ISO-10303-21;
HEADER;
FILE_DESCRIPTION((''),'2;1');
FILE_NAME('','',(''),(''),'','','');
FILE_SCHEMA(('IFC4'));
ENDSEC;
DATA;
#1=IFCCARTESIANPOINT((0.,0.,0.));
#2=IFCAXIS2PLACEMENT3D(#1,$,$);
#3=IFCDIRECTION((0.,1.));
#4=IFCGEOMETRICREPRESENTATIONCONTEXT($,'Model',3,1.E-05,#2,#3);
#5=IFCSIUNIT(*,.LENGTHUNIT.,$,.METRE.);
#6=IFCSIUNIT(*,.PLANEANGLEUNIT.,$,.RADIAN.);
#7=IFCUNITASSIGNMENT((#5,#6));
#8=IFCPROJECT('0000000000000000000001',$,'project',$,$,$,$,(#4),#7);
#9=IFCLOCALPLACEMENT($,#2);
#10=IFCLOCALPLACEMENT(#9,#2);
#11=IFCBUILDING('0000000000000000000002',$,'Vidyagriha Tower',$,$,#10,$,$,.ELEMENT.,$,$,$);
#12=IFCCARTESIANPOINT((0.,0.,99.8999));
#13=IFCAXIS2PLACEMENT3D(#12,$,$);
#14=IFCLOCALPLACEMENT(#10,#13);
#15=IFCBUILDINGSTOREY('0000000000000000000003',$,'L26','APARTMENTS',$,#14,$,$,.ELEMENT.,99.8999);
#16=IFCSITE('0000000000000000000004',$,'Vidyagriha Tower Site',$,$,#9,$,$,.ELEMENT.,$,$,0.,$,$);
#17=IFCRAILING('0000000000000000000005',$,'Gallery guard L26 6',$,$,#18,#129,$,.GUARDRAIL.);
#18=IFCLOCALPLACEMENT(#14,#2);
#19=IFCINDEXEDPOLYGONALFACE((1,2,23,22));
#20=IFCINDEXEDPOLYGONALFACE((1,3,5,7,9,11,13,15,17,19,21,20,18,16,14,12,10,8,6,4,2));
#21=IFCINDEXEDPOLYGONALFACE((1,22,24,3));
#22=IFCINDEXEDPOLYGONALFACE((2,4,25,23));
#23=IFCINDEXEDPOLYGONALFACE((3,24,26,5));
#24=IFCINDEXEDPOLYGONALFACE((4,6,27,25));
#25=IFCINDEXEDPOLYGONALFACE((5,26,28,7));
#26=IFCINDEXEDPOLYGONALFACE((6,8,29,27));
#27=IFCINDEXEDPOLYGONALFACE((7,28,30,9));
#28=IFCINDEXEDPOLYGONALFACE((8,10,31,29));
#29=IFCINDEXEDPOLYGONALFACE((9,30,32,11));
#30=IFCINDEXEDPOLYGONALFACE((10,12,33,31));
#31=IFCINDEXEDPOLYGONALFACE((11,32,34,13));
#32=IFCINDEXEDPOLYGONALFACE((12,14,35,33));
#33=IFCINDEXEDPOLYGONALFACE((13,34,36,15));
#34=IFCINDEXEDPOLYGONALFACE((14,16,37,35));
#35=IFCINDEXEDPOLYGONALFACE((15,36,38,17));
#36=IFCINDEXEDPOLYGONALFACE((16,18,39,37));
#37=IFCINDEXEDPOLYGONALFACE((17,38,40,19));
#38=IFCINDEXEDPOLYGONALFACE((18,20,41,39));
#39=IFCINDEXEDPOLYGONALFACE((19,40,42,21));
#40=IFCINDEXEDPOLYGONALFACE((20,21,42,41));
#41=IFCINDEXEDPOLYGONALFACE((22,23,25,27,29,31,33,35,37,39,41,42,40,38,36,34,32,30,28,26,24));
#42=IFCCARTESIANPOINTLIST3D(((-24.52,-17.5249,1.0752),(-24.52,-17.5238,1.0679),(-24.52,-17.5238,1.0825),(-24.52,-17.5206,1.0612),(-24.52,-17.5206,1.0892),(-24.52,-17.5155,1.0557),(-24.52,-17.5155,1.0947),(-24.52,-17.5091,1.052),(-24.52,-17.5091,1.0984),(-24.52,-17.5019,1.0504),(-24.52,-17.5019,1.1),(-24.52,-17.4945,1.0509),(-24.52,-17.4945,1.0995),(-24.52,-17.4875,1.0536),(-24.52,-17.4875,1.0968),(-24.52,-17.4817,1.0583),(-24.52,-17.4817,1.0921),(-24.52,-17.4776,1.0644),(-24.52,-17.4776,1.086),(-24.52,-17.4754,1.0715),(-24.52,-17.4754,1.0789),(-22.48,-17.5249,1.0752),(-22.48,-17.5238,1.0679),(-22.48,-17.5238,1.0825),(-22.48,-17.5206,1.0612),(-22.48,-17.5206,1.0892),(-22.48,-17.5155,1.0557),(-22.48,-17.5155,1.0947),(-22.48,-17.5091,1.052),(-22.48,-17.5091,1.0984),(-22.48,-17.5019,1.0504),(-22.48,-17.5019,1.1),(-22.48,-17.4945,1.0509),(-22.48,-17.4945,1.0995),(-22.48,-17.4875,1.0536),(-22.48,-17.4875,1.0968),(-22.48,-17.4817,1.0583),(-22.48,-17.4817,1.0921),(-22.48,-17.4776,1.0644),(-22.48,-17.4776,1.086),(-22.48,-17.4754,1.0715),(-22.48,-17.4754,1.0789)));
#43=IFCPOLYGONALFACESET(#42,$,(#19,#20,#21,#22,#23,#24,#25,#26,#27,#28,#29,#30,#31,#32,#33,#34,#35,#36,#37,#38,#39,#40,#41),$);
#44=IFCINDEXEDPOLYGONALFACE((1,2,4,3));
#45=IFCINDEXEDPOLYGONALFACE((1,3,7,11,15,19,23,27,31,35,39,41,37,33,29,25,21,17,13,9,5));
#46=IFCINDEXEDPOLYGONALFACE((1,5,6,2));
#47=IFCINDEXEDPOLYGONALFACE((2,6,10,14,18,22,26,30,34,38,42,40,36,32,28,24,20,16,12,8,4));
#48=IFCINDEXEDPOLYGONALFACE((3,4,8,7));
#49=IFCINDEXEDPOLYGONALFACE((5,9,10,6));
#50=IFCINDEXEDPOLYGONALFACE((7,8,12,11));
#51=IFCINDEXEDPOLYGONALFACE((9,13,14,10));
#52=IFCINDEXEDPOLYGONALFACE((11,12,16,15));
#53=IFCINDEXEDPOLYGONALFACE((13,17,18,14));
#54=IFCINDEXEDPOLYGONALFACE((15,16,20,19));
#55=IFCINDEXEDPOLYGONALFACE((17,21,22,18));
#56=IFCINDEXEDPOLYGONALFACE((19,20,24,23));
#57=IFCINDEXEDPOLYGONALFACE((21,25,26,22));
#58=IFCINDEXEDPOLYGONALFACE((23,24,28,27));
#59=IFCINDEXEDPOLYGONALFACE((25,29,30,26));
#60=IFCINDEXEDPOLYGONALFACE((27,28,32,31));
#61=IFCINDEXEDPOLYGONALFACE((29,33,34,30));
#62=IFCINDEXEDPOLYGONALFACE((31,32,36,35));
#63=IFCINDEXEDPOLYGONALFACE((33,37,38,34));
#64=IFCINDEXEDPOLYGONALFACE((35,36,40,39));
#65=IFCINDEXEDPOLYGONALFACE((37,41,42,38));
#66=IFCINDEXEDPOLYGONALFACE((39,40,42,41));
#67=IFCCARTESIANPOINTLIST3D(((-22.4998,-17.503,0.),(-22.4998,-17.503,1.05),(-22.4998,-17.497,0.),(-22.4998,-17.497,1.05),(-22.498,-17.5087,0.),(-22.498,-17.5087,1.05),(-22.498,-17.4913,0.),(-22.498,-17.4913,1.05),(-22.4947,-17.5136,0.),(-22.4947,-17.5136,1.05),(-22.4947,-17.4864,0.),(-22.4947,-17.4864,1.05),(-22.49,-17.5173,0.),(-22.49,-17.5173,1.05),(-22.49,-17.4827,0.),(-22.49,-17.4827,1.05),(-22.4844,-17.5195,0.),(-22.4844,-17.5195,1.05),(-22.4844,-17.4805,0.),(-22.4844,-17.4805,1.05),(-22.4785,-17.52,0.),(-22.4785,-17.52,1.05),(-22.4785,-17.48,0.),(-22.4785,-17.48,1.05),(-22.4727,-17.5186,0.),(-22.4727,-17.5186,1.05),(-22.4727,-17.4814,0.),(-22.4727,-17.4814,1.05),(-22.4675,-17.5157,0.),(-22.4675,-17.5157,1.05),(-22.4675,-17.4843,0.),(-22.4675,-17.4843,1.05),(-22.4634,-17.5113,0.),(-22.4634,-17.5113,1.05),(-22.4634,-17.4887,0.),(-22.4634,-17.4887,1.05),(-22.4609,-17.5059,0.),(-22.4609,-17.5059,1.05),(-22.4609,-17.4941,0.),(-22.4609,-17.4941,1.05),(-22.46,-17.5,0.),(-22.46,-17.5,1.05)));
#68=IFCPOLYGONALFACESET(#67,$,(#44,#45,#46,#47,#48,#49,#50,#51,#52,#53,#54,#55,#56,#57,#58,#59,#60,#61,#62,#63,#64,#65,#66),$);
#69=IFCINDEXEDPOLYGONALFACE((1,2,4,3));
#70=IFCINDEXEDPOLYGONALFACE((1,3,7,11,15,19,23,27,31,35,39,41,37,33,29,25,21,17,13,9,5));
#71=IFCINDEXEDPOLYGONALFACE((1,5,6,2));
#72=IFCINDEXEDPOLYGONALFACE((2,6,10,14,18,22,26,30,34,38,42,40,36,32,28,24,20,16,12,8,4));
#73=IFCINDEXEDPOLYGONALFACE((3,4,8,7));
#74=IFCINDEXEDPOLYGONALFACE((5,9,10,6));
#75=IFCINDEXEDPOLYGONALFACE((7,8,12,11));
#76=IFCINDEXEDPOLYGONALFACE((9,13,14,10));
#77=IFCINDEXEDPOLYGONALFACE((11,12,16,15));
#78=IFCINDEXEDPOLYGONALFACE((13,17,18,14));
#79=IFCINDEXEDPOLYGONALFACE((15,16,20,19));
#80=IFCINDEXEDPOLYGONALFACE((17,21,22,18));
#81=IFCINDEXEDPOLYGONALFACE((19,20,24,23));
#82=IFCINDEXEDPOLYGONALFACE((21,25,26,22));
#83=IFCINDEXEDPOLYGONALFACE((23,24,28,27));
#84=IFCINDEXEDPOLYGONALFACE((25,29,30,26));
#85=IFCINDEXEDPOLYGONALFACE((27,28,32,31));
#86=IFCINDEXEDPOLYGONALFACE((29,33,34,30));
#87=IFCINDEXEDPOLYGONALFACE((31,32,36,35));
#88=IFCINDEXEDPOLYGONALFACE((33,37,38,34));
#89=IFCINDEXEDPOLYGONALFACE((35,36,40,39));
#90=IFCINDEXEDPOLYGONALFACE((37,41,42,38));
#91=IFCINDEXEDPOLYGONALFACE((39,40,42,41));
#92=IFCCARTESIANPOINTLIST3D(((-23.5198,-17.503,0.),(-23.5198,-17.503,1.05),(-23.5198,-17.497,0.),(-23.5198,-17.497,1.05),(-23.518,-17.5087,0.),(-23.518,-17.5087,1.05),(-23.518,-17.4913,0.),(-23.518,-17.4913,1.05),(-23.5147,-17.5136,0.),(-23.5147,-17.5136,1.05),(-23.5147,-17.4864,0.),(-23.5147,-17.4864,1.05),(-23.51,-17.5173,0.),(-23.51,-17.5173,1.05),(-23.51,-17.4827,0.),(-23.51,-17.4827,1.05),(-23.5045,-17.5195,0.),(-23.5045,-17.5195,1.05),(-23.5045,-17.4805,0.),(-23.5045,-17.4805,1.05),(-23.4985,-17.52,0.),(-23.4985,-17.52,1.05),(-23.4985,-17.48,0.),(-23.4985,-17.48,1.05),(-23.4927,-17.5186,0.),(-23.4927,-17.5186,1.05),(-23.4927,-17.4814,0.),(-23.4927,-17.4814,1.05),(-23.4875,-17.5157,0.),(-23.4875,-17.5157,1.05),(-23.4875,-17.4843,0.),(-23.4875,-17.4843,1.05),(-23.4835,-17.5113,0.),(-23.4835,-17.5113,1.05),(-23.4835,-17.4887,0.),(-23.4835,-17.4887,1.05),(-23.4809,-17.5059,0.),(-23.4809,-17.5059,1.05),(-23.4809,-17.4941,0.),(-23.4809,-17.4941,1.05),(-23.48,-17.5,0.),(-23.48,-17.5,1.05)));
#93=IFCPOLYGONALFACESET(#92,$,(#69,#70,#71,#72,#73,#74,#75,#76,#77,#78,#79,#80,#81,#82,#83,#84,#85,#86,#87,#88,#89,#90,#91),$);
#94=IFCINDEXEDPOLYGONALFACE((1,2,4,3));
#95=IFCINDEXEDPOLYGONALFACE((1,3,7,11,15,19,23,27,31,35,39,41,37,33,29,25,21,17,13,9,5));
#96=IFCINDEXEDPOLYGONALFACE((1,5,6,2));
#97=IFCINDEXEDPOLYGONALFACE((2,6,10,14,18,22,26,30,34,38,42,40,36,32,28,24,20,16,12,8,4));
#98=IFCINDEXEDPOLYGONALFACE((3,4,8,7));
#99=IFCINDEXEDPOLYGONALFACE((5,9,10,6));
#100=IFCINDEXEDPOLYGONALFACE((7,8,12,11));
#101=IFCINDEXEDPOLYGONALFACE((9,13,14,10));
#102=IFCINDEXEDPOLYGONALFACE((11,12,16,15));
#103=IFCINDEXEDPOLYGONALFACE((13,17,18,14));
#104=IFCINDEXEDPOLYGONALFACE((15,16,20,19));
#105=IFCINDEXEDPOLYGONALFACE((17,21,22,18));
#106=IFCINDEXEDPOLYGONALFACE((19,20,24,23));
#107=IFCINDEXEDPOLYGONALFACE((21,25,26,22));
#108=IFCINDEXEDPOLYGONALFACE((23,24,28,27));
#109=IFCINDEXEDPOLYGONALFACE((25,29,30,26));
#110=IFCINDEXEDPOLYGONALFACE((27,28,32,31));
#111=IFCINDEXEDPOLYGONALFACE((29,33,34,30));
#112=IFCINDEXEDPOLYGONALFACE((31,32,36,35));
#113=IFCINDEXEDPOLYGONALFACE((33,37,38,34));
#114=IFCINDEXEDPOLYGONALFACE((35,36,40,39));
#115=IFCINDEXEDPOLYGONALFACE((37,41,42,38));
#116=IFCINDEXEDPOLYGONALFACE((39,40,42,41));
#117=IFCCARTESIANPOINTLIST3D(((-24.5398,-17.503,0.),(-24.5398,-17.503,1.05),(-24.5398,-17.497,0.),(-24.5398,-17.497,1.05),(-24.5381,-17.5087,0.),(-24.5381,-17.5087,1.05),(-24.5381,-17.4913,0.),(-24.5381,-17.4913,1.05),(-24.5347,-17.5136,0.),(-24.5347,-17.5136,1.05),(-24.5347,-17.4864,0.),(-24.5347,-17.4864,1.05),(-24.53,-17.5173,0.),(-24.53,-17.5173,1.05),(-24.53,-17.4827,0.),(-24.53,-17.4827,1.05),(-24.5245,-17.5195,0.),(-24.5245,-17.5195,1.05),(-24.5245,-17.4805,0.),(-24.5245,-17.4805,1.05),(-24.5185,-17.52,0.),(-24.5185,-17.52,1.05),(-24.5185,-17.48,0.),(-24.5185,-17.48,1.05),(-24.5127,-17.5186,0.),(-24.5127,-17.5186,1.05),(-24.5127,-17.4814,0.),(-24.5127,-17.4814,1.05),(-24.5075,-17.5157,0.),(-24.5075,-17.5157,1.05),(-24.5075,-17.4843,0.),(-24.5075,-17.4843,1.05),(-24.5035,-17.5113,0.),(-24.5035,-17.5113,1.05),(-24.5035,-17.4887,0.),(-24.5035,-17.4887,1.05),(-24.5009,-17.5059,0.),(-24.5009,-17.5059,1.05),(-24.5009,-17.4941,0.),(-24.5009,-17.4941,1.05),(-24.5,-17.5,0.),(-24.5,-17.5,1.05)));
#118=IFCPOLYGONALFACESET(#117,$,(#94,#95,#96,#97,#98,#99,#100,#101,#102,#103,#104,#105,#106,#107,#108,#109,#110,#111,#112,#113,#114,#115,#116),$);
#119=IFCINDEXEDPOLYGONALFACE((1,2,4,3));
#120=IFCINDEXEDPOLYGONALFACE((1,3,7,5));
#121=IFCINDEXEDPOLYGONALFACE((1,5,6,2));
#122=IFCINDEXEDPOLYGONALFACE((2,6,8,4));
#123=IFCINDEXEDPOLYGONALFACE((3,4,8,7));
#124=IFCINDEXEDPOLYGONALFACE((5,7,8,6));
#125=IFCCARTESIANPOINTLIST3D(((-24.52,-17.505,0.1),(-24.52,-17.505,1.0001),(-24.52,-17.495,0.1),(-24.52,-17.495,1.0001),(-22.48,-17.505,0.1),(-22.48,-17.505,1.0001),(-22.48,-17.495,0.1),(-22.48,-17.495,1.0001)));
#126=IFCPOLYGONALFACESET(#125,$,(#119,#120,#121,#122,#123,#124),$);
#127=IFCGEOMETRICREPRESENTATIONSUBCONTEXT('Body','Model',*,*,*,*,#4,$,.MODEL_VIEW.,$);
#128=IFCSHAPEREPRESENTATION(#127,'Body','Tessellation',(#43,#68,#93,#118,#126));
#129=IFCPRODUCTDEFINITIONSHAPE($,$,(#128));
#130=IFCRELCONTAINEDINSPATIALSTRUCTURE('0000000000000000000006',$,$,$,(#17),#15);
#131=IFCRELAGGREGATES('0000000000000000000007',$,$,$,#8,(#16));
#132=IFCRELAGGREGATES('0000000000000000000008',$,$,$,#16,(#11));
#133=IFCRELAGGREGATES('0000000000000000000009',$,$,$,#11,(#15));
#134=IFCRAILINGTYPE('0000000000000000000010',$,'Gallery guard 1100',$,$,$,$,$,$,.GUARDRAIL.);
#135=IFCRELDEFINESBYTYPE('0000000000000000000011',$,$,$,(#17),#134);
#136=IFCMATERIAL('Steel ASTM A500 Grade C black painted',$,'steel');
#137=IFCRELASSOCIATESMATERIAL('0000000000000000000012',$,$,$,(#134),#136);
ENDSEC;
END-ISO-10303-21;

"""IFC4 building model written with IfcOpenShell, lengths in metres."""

from ifc_helpers import new_model, si_unit, direction, frame, origin, origin_2d, place, context, subcontext, project, spatial, rectangle, circle, extrude, material, type_object, element, save


model = new_model("IFC4")

# Units and contexts
model_context = context("Model", 3, precision=1e-05, world=origin(), true_north=direction((0.0, 1.0)))
body_context = subcontext(model_context, "Body", "Model", "MODEL_VIEW")
ifc_project = project(units=[si_unit("LENGTHUNIT", "METRE"), si_unit("PLANEANGLEUNIT", "RADIAN")], contexts=[model_context])

# Site, building, storey
site_placement = place(None, origin())
site = spatial("IfcSite", under=ifc_project, at=site_placement, Name="Vidyagriha Tower Site", CompositionType="ELEMENT", RefElevation=0.0)
building_placement = place(site_placement, origin())
building = spatial("IfcBuilding", under=site, at=building_placement, Name="Vidyagriha Tower", CompositionType="ELEMENT")
storey_placement = place(building_placement, frame((0.0, 0.0, 99.8999)))
storey = spatial("IfcBuildingStorey", under=building, at=storey_placement, Name="L26", Description="APARTMENTS", CompositionType="ELEMENT", Elevation=99.8999)

# Railing
ifc_material_1 = material(Name="Steel ASTM A500 Grade C black painted", Category="steel")
railing_type_1 = type_object("IfcRailingType", Name="Gallery guard 1100", PredefinedType="GUARDRAIL", material=ifc_material_1)
railing_1_placement = place(storey_placement, frame((-22.48, -17.5, 0.0)))
element("IfcRailing", 1, at=railing_1_placement, inside=storey, type_object=railing_type_1, Name="Gallery guard L26 6", PredefinedType="GUARDRAIL", context=body_context, shape_type="SweptSolid", body=[
    extrude(circle(Radius=0.0249, at=origin_2d()), frame((0.0, 0.0, 1.0752), z_axis=(-1.0, 0.0, 0.0), x_axis=(0.0, -1.0, 0.0)), (0.0, 0.0, 1.0), 2.04),
    extrude(circle(Radius=0.02, at=origin_2d()), origin(), (0.0, 0.0, 1.0), 1.05),
    extrude(circle(Radius=0.02, at=origin_2d()), frame((-1.02, 0.0, 0.0)), (0.0, 0.0, 1.0), 1.05),
    extrude(circle(Radius=0.02, at=origin_2d()), frame((-2.04, 0.0, 0.0)), (0.0, 0.0, 1.0), 1.05),
    extrude(rectangle(XDim=0.01, YDim=0.9001, at=origin_2d()), frame((0.0, 0.0, 0.55), z_axis=(-1.0, 0.0, 0.0), x_axis=(0.0, -1.0, 0.0)), (0.0, 0.0, 1.0), 2.04),
])

save(model, "model.ifc")
